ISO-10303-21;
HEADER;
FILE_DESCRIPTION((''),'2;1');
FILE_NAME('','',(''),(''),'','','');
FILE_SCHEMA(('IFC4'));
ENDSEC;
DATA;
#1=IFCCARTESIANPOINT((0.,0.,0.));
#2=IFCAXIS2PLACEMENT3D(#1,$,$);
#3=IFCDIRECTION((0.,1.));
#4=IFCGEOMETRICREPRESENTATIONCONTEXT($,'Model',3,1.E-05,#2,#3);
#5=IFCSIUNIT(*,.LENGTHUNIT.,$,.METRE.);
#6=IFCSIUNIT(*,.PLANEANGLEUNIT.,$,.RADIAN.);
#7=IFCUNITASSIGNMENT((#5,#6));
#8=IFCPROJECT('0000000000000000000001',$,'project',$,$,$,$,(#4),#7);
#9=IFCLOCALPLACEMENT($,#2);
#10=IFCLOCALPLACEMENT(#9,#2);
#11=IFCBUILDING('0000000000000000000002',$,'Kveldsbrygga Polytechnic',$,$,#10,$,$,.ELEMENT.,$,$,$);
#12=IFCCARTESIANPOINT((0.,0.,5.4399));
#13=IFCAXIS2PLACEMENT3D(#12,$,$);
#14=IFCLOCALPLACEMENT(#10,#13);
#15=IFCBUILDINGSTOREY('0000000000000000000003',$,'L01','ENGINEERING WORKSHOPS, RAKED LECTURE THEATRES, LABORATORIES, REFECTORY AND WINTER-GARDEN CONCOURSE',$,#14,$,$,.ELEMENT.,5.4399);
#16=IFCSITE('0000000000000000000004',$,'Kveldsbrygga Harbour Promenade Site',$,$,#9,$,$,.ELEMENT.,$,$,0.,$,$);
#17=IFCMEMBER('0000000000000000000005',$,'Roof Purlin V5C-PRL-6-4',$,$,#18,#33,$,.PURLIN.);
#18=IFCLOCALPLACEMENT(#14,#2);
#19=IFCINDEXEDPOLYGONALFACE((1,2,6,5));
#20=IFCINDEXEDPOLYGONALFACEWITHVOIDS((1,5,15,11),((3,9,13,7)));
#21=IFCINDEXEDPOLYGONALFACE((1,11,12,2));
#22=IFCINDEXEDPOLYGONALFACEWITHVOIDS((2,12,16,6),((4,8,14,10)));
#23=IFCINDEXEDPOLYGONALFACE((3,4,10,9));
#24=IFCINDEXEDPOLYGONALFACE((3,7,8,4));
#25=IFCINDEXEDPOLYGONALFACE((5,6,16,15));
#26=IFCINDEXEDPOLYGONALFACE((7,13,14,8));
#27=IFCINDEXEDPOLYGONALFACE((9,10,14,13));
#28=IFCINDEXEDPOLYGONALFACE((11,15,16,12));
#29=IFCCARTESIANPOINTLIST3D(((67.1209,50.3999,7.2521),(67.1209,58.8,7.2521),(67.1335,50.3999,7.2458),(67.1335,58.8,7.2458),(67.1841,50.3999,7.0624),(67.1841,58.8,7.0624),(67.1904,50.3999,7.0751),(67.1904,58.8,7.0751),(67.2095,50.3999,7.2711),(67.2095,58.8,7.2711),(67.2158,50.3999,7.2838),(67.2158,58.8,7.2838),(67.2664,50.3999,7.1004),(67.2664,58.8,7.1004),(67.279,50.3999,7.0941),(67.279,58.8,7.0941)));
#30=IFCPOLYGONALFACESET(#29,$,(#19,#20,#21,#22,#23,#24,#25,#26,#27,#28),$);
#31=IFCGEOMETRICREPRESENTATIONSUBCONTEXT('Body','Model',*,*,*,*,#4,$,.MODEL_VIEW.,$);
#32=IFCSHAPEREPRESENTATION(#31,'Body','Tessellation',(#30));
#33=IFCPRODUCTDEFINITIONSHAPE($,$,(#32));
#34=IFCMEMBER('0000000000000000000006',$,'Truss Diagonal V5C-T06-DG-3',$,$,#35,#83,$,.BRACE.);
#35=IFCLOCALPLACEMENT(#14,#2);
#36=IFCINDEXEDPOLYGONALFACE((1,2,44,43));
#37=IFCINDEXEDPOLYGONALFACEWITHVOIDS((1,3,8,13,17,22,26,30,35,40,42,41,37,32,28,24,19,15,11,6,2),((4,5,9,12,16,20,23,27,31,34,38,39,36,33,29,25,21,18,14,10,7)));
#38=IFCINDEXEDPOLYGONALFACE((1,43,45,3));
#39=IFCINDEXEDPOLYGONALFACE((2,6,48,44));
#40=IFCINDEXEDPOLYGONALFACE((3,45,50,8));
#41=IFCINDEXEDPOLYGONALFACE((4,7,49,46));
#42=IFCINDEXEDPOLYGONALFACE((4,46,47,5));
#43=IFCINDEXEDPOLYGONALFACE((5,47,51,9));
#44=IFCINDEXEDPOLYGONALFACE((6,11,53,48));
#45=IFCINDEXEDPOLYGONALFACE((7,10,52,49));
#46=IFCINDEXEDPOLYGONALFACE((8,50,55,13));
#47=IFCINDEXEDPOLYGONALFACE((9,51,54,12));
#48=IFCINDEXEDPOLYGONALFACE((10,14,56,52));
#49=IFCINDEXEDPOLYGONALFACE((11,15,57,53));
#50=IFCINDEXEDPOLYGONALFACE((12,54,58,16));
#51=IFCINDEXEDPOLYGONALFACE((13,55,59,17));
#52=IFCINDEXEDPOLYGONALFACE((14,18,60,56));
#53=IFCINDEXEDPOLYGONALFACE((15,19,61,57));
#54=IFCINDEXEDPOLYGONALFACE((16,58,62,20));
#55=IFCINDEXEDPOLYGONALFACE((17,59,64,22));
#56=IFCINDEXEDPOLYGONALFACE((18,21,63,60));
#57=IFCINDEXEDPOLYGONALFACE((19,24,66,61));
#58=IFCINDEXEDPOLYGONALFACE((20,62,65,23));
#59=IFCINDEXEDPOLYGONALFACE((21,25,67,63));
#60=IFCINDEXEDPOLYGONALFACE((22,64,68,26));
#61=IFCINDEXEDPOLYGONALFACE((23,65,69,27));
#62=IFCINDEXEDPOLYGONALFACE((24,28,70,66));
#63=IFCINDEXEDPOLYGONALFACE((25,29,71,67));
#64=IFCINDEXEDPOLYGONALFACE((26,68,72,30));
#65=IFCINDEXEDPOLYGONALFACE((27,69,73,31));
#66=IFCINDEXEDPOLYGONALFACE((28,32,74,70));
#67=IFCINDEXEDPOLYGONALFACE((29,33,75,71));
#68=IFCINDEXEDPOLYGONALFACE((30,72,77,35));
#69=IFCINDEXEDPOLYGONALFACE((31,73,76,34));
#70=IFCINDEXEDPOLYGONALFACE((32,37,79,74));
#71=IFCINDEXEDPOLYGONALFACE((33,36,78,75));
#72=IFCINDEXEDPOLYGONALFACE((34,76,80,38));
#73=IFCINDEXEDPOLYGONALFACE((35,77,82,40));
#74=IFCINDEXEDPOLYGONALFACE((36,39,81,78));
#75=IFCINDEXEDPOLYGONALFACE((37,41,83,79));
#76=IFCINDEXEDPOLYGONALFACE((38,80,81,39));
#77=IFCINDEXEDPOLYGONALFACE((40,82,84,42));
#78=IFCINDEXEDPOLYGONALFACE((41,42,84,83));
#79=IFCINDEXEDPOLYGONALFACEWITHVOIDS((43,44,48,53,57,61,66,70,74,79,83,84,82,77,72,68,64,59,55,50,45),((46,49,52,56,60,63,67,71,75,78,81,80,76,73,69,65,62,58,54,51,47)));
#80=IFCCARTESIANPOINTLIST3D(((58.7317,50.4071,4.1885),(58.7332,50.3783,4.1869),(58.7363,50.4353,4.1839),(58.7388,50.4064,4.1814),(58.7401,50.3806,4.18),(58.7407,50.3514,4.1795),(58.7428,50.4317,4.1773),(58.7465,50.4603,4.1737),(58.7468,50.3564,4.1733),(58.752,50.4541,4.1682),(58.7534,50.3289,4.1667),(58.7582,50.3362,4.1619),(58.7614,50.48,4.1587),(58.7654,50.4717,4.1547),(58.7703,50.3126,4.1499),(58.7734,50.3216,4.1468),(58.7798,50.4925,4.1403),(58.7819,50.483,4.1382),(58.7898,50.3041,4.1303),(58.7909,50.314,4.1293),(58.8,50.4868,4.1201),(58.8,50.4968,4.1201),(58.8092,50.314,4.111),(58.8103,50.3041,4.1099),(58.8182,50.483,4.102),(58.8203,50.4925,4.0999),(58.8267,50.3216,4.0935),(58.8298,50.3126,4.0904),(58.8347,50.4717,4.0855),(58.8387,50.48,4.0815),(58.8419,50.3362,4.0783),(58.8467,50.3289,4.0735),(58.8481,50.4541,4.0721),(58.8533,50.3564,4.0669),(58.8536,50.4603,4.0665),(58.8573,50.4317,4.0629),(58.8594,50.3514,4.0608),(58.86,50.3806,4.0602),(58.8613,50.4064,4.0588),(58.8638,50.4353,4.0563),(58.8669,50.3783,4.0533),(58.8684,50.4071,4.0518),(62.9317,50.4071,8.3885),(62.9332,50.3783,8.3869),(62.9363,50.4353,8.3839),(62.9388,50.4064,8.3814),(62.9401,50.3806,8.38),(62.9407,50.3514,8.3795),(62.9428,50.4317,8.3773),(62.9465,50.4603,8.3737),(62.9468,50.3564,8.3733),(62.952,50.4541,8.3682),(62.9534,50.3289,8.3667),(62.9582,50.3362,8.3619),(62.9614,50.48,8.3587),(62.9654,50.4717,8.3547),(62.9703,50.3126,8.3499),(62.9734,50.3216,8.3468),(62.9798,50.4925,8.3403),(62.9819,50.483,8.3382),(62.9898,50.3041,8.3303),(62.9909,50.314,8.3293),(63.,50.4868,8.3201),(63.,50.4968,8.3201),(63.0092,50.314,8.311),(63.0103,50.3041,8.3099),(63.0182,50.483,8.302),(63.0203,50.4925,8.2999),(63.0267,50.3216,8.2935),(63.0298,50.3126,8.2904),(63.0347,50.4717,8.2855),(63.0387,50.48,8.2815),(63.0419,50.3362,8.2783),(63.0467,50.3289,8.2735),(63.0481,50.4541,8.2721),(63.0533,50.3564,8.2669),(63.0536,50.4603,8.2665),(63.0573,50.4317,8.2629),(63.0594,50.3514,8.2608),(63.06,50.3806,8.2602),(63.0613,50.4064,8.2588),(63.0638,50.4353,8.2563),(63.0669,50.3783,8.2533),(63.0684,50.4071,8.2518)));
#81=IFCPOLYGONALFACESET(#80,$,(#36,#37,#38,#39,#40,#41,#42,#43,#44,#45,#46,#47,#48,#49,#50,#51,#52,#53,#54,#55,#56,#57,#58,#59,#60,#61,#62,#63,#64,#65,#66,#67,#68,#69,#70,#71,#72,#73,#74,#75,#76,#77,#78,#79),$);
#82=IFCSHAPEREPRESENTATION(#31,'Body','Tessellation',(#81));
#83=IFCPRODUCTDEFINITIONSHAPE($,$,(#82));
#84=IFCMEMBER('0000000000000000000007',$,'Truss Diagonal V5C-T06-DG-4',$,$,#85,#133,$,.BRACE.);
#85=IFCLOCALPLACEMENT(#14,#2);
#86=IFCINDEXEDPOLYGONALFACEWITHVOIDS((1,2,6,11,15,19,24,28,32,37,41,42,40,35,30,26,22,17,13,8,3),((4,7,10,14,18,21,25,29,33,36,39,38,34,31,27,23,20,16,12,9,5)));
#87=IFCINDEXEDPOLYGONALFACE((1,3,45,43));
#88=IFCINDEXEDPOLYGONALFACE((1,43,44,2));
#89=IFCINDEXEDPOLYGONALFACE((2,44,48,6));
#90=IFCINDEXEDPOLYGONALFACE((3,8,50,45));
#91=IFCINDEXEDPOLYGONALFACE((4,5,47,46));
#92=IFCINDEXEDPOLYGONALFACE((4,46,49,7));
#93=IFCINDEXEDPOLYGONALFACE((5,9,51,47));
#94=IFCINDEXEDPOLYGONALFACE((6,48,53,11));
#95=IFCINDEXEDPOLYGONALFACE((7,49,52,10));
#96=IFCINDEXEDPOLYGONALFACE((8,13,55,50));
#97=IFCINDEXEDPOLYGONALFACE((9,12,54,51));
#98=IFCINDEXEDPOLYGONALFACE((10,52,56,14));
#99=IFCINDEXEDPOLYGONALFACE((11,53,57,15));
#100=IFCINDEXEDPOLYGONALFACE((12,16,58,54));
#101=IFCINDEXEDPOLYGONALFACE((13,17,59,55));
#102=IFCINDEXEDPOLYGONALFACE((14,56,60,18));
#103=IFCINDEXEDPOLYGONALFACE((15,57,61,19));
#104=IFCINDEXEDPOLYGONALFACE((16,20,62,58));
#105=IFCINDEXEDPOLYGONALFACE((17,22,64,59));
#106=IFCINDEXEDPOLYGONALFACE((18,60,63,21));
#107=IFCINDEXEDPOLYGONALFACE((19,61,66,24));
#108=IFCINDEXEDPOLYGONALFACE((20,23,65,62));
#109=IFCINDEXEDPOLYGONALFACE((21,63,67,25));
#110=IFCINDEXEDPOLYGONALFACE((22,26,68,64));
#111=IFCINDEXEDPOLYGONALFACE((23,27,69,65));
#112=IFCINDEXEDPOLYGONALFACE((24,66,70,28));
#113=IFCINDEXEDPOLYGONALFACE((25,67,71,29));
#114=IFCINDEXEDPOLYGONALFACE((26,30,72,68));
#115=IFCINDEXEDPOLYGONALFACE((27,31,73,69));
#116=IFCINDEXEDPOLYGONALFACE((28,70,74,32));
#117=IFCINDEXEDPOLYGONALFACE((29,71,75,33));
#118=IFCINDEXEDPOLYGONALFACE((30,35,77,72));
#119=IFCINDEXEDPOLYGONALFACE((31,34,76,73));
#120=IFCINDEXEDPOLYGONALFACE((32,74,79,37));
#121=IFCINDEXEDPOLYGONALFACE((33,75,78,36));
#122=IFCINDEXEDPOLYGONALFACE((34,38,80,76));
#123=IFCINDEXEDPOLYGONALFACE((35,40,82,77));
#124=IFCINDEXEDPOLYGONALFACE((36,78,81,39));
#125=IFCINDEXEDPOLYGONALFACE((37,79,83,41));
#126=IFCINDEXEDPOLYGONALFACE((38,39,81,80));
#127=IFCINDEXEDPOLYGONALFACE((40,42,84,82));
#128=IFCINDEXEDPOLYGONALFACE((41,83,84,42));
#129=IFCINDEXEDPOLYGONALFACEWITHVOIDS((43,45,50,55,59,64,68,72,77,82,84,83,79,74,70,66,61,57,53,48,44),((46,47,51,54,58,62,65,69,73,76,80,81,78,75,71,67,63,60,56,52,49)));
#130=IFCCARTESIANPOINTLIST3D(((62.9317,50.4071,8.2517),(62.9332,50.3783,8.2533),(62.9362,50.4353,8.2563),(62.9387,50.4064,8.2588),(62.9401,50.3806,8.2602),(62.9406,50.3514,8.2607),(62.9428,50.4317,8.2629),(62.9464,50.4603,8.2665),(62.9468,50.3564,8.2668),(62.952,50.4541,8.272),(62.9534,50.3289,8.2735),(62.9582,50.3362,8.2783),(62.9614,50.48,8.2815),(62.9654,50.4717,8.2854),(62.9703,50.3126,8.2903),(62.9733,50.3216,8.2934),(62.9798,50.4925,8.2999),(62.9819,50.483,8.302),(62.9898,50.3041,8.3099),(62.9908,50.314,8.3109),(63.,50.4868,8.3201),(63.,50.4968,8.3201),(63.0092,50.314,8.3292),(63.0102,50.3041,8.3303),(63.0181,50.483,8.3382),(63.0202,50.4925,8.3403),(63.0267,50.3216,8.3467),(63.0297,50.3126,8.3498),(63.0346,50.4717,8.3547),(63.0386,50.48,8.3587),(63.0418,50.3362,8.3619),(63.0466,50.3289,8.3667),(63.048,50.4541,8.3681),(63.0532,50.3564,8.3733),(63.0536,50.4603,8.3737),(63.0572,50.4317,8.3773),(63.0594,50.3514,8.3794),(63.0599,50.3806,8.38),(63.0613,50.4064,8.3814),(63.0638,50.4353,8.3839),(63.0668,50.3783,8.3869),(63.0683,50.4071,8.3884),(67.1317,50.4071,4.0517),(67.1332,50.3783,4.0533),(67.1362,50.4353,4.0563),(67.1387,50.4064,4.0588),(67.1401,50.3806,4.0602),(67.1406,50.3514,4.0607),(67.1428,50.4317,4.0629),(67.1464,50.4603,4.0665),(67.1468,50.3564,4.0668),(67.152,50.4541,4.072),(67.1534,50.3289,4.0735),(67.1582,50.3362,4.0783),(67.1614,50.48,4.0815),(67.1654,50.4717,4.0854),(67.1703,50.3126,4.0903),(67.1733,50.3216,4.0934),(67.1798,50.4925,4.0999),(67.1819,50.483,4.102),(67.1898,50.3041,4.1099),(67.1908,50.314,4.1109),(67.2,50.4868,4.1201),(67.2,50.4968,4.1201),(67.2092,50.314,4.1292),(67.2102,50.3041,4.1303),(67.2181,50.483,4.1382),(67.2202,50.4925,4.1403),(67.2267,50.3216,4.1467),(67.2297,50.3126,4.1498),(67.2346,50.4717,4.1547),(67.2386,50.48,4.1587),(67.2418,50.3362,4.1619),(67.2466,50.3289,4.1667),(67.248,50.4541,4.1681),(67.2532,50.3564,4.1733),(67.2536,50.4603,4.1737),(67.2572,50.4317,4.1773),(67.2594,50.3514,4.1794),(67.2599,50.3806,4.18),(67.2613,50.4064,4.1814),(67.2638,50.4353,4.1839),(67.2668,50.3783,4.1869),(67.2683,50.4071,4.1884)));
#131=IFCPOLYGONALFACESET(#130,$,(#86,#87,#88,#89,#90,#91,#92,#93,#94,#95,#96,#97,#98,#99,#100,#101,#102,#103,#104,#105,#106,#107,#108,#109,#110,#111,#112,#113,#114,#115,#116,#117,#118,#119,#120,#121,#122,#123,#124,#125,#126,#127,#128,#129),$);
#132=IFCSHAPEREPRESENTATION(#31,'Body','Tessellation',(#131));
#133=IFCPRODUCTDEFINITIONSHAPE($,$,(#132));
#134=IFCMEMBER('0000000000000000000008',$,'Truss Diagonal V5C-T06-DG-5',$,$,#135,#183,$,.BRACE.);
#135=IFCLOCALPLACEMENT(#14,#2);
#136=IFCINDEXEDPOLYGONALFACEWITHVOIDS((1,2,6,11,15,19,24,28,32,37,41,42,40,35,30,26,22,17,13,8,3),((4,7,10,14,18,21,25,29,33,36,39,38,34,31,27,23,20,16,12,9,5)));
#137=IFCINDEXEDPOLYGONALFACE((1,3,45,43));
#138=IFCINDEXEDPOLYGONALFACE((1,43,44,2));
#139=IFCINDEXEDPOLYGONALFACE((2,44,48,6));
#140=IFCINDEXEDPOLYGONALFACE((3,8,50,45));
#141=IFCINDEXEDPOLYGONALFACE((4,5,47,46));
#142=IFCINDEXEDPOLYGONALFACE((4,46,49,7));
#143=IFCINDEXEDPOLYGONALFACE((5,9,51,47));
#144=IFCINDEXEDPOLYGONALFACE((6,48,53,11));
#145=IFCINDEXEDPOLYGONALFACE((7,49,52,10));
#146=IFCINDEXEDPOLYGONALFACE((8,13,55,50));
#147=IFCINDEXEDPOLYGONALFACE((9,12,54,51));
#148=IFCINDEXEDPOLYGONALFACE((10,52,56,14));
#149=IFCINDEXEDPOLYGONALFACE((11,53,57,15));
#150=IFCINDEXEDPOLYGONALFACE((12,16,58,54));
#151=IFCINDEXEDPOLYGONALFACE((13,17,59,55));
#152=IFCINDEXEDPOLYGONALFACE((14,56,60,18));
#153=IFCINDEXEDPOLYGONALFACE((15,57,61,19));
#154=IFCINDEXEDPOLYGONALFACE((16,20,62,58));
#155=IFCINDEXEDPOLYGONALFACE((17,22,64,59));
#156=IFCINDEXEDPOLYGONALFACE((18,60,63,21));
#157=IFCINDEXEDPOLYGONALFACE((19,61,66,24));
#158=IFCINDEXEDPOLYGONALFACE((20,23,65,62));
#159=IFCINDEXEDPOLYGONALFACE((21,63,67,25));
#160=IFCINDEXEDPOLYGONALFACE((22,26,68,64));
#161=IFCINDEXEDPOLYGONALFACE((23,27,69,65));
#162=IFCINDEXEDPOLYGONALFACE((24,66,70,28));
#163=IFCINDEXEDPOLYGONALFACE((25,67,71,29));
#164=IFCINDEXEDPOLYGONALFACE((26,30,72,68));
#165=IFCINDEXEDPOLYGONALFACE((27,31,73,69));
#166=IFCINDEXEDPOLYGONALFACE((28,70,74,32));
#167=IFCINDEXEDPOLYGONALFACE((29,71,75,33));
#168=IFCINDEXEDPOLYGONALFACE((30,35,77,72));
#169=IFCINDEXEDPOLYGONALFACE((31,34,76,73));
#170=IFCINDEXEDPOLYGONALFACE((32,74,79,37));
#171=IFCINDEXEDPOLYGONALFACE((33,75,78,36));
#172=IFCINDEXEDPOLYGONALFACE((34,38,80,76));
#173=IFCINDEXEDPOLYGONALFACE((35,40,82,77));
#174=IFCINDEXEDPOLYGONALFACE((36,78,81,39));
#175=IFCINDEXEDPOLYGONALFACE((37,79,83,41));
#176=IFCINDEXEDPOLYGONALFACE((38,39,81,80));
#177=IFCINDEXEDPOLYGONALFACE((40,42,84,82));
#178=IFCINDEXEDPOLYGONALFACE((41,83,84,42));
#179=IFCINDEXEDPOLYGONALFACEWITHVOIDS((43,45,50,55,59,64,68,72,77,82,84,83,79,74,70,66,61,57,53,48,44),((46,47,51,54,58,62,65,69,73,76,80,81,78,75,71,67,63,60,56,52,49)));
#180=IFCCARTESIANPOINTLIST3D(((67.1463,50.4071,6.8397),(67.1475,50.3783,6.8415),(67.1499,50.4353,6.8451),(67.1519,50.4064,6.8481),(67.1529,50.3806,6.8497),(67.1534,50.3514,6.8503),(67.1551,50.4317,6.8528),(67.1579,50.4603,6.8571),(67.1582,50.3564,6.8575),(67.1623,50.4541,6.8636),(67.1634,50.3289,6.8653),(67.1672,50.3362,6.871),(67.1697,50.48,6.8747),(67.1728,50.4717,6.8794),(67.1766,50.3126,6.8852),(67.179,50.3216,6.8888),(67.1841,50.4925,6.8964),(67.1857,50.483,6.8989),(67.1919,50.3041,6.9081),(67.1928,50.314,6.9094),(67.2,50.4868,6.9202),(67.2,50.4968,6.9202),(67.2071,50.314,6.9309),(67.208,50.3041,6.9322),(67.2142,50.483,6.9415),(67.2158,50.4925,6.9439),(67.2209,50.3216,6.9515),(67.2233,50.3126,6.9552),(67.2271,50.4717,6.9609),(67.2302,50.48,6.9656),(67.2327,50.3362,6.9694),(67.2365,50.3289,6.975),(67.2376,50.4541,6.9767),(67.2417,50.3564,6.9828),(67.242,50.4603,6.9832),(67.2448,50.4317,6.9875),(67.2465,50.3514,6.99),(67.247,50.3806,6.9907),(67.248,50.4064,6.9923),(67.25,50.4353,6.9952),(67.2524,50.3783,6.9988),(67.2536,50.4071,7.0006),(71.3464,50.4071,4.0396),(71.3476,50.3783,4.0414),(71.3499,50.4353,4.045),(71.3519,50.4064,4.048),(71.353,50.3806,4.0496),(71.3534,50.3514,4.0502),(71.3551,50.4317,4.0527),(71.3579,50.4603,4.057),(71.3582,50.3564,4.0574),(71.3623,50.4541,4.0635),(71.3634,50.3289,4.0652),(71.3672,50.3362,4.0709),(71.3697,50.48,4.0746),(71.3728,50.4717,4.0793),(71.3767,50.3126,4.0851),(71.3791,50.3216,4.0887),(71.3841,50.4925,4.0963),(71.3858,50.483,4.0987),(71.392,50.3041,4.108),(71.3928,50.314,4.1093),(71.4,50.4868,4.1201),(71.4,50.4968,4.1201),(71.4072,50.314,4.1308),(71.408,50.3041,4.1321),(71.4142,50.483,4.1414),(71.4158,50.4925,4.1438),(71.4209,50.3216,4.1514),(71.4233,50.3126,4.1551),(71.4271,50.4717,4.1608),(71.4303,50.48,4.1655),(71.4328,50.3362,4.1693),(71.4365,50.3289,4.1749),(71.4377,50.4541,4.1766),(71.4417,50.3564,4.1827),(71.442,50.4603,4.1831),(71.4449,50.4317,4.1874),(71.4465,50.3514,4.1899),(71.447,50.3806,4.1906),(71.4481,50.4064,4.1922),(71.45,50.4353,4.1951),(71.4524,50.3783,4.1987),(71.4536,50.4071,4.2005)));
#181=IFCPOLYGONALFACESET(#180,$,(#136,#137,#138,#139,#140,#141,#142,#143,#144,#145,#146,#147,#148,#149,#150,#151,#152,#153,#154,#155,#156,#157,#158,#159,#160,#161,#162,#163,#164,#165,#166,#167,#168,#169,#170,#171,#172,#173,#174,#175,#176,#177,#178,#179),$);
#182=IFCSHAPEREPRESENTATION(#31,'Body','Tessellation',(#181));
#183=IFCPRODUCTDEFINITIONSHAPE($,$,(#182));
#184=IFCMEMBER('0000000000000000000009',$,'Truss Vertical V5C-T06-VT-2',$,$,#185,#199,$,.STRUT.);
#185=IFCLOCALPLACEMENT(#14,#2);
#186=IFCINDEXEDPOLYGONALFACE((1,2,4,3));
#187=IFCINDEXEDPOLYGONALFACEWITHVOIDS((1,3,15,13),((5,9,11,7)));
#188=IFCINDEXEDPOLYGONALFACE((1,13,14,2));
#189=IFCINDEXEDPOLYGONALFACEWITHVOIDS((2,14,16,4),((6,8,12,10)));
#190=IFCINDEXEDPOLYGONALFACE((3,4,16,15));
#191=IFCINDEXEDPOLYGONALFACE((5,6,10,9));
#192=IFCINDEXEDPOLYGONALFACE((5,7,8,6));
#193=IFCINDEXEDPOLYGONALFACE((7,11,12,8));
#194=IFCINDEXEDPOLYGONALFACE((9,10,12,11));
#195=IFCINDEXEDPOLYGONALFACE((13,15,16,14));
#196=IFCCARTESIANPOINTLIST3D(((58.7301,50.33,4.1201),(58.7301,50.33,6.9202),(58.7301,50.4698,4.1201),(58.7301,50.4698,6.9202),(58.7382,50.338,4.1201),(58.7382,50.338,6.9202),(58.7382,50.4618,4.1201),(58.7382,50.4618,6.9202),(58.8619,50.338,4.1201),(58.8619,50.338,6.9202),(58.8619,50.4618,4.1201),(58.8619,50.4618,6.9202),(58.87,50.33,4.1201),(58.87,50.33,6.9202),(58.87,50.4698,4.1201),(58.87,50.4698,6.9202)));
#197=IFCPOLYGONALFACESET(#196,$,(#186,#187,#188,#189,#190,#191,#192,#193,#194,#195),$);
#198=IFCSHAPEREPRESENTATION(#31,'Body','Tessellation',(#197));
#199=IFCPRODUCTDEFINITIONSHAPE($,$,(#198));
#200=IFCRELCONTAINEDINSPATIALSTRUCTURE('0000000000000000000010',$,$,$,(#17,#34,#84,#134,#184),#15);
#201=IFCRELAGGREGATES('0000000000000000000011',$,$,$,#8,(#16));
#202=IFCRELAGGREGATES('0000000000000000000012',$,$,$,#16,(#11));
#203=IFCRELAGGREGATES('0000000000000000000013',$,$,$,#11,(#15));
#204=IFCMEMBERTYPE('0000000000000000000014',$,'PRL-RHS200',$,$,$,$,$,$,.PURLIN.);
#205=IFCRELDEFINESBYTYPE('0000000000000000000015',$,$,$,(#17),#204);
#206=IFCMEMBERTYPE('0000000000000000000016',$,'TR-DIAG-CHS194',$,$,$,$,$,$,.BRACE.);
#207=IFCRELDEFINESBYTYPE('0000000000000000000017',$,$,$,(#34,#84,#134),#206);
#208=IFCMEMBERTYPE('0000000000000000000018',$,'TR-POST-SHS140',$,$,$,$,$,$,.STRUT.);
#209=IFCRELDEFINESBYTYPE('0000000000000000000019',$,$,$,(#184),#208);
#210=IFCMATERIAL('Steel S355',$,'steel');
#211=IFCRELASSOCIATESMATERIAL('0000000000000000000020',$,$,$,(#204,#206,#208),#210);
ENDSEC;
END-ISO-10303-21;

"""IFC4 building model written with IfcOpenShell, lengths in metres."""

from ifc_helpers import new_model, si_unit, direction, frame, origin, origin_2d, place, context, subcontext, project, spatial, hollow_rectangle, hollow_circle, extrude, material, material_profile, profile_set, type_object, element, save


model = new_model("IFC4")

# Units and contexts
model_context = context("Model", 3, precision=1e-05, world=origin(), true_north=direction((0.0, 1.0)))
body_context = subcontext(model_context, "Body", "Model", "MODEL_VIEW")
ifc_project = project(units=[si_unit("LENGTHUNIT", "METRE"), si_unit("PLANEANGLEUNIT", "RADIAN")], contexts=[model_context])

# Site, building, storey
site_placement = place(None, origin())
site = spatial("IfcSite", under=ifc_project, at=site_placement, Name="Kveldsbrygga Harbour Promenade Site", CompositionType="ELEMENT", RefElevation=0.0)
building_placement = place(site_placement, origin())
building = spatial("IfcBuilding", under=site, at=building_placement, Name="Kveldsbrygga Polytechnic", CompositionType="ELEMENT")
storey_placement = place(building_placement, frame((0.0, 0.0, 5.4399)))
storey = spatial("IfcBuildingStorey", under=building, at=storey_placement, Name="L01", Description="ENGINEERING WORKSHOPS, RAKED LECTURE THEATRES, LABORATORIES, REFECTORY AND WINTER-GARDEN CONCOURSE", CompositionType="ELEMENT", Elevation=5.4399)

# Members
ifc_material_1 = material(Name="Steel S355", Category="steel")
ifc_material_profile_1 = material_profile(ifc_material_1, hollow_rectangle(XDim=0.1001, YDim=0.2, WallThickness=0.01, at=origin_2d()), Name="RHS 200x100x10.0")
ifc_profile_set_1 = profile_set([ifc_material_profile_1], Name="Steel S355")
member_type_1 = type_object("IfcMemberType", Name="PRL-RHS200", PredefinedType="PURLIN", material=ifc_profile_set_1)
for number, where, z_axis, x_axis, name in (
    (1, (67.2, 50.3999, 7.1731), (0.0, 1.0, 0.0), (-0.948684, 0.0, -0.316227), "Roof Purlin V5C-PRL-6-4"),
):
    element("IfcMember", number, at=place(storey_placement, frame(where, z_axis=z_axis, x_axis=x_axis)), inside=storey, type_object=member_type_1, Name=name, PredefinedType="PURLIN", context=body_context, shape_type="SweptSolid", body=[
        extrude(hollow_rectangle(XDim=0.1001, YDim=0.2, WallThickness=0.01, at=origin_2d()), origin(), (0.0, 0.0, 1.0), 8.4001),
    ])
ifc_material_profile_2 = material_profile(ifc_material_1, hollow_circle(Radius=0.0969, WallThickness=0.01, at=origin_2d()), Name="CHS 193.7x10.0")
ifc_profile_set_2 = profile_set([ifc_material_profile_2], Name="Steel S355")
member_type_2 = type_object("IfcMemberType", Name="TR-DIAG-CHS194", PredefinedType="BRACE", material=ifc_profile_set_2)
for number, where, z_axis, x_axis, name in (
    (2, (58.8, 50.3999, 4.1201), (0.707107, 0.0, 0.707107), (0.0, 1.0, 0.0), "Truss Diagonal V5C-T06-DG-3"),
    (3, (63.0, 50.3999, 8.3201), (0.707107, 0.0, -0.707107), (0.0, 1.0, 0.0), "Truss Diagonal V5C-T06-DG-4"),
):
    element("IfcMember", number, at=place(storey_placement, frame(where, z_axis=z_axis, x_axis=x_axis)), inside=storey, type_object=member_type_2, Name=name, PredefinedType="BRACE", context=body_context, shape_type="SweptSolid", body=[
        extrude(hollow_circle(Radius=0.0969, WallThickness=0.01, at=origin_2d()), origin(), (0.0, 0.0, 1.0), 5.9397),
    ])
member_1_placement = place(storey_placement, frame((67.2, 50.3999, 6.9202), z_axis=(0.832043, 0.0, -0.554711), x_axis=(0.0, 1.0, 0.0)))
element("IfcMember", 4, at=member_1_placement, inside=storey, type_object=member_type_2, Name="Truss Diagonal V5C-T06-DG-5", PredefinedType="BRACE", context=body_context, shape_type="SweptSolid", body=[
    extrude(hollow_circle(Radius=0.0969, WallThickness=0.01, at=origin_2d()), origin(), (0.0, 0.0, 1.0), 5.0479),
])
ifc_material_profile_3 = material_profile(ifc_material_1, hollow_rectangle(XDim=0.1399, YDim=0.1399, WallThickness=0.0081, at=origin_2d()), Name="SHS 140x140x8.0")
ifc_profile_set_3 = profile_set([ifc_material_profile_3], Name="Steel S355")
member_type_3 = type_object("IfcMemberType", Name="TR-POST-SHS140", PredefinedType="STRUT", material=ifc_profile_set_3)
member_2_placement = place(storey_placement, frame((58.8, 50.3999, 4.1201), z_axis=(0.0, 0.0, 1.0), x_axis=(1.0, 0.0, 0.0)))
element("IfcMember", 5, at=member_2_placement, inside=storey, type_object=member_type_3, Name="Truss Vertical V5C-T06-VT-2", PredefinedType="STRUT", context=body_context, shape_type="SweptSolid", body=[
    extrude(hollow_rectangle(XDim=0.1399, YDim=0.1399, WallThickness=0.0081, at=origin_2d()), origin(), (0.0, 0.0, 1.0), 2.8),
])

save(model, "model.ifc")
